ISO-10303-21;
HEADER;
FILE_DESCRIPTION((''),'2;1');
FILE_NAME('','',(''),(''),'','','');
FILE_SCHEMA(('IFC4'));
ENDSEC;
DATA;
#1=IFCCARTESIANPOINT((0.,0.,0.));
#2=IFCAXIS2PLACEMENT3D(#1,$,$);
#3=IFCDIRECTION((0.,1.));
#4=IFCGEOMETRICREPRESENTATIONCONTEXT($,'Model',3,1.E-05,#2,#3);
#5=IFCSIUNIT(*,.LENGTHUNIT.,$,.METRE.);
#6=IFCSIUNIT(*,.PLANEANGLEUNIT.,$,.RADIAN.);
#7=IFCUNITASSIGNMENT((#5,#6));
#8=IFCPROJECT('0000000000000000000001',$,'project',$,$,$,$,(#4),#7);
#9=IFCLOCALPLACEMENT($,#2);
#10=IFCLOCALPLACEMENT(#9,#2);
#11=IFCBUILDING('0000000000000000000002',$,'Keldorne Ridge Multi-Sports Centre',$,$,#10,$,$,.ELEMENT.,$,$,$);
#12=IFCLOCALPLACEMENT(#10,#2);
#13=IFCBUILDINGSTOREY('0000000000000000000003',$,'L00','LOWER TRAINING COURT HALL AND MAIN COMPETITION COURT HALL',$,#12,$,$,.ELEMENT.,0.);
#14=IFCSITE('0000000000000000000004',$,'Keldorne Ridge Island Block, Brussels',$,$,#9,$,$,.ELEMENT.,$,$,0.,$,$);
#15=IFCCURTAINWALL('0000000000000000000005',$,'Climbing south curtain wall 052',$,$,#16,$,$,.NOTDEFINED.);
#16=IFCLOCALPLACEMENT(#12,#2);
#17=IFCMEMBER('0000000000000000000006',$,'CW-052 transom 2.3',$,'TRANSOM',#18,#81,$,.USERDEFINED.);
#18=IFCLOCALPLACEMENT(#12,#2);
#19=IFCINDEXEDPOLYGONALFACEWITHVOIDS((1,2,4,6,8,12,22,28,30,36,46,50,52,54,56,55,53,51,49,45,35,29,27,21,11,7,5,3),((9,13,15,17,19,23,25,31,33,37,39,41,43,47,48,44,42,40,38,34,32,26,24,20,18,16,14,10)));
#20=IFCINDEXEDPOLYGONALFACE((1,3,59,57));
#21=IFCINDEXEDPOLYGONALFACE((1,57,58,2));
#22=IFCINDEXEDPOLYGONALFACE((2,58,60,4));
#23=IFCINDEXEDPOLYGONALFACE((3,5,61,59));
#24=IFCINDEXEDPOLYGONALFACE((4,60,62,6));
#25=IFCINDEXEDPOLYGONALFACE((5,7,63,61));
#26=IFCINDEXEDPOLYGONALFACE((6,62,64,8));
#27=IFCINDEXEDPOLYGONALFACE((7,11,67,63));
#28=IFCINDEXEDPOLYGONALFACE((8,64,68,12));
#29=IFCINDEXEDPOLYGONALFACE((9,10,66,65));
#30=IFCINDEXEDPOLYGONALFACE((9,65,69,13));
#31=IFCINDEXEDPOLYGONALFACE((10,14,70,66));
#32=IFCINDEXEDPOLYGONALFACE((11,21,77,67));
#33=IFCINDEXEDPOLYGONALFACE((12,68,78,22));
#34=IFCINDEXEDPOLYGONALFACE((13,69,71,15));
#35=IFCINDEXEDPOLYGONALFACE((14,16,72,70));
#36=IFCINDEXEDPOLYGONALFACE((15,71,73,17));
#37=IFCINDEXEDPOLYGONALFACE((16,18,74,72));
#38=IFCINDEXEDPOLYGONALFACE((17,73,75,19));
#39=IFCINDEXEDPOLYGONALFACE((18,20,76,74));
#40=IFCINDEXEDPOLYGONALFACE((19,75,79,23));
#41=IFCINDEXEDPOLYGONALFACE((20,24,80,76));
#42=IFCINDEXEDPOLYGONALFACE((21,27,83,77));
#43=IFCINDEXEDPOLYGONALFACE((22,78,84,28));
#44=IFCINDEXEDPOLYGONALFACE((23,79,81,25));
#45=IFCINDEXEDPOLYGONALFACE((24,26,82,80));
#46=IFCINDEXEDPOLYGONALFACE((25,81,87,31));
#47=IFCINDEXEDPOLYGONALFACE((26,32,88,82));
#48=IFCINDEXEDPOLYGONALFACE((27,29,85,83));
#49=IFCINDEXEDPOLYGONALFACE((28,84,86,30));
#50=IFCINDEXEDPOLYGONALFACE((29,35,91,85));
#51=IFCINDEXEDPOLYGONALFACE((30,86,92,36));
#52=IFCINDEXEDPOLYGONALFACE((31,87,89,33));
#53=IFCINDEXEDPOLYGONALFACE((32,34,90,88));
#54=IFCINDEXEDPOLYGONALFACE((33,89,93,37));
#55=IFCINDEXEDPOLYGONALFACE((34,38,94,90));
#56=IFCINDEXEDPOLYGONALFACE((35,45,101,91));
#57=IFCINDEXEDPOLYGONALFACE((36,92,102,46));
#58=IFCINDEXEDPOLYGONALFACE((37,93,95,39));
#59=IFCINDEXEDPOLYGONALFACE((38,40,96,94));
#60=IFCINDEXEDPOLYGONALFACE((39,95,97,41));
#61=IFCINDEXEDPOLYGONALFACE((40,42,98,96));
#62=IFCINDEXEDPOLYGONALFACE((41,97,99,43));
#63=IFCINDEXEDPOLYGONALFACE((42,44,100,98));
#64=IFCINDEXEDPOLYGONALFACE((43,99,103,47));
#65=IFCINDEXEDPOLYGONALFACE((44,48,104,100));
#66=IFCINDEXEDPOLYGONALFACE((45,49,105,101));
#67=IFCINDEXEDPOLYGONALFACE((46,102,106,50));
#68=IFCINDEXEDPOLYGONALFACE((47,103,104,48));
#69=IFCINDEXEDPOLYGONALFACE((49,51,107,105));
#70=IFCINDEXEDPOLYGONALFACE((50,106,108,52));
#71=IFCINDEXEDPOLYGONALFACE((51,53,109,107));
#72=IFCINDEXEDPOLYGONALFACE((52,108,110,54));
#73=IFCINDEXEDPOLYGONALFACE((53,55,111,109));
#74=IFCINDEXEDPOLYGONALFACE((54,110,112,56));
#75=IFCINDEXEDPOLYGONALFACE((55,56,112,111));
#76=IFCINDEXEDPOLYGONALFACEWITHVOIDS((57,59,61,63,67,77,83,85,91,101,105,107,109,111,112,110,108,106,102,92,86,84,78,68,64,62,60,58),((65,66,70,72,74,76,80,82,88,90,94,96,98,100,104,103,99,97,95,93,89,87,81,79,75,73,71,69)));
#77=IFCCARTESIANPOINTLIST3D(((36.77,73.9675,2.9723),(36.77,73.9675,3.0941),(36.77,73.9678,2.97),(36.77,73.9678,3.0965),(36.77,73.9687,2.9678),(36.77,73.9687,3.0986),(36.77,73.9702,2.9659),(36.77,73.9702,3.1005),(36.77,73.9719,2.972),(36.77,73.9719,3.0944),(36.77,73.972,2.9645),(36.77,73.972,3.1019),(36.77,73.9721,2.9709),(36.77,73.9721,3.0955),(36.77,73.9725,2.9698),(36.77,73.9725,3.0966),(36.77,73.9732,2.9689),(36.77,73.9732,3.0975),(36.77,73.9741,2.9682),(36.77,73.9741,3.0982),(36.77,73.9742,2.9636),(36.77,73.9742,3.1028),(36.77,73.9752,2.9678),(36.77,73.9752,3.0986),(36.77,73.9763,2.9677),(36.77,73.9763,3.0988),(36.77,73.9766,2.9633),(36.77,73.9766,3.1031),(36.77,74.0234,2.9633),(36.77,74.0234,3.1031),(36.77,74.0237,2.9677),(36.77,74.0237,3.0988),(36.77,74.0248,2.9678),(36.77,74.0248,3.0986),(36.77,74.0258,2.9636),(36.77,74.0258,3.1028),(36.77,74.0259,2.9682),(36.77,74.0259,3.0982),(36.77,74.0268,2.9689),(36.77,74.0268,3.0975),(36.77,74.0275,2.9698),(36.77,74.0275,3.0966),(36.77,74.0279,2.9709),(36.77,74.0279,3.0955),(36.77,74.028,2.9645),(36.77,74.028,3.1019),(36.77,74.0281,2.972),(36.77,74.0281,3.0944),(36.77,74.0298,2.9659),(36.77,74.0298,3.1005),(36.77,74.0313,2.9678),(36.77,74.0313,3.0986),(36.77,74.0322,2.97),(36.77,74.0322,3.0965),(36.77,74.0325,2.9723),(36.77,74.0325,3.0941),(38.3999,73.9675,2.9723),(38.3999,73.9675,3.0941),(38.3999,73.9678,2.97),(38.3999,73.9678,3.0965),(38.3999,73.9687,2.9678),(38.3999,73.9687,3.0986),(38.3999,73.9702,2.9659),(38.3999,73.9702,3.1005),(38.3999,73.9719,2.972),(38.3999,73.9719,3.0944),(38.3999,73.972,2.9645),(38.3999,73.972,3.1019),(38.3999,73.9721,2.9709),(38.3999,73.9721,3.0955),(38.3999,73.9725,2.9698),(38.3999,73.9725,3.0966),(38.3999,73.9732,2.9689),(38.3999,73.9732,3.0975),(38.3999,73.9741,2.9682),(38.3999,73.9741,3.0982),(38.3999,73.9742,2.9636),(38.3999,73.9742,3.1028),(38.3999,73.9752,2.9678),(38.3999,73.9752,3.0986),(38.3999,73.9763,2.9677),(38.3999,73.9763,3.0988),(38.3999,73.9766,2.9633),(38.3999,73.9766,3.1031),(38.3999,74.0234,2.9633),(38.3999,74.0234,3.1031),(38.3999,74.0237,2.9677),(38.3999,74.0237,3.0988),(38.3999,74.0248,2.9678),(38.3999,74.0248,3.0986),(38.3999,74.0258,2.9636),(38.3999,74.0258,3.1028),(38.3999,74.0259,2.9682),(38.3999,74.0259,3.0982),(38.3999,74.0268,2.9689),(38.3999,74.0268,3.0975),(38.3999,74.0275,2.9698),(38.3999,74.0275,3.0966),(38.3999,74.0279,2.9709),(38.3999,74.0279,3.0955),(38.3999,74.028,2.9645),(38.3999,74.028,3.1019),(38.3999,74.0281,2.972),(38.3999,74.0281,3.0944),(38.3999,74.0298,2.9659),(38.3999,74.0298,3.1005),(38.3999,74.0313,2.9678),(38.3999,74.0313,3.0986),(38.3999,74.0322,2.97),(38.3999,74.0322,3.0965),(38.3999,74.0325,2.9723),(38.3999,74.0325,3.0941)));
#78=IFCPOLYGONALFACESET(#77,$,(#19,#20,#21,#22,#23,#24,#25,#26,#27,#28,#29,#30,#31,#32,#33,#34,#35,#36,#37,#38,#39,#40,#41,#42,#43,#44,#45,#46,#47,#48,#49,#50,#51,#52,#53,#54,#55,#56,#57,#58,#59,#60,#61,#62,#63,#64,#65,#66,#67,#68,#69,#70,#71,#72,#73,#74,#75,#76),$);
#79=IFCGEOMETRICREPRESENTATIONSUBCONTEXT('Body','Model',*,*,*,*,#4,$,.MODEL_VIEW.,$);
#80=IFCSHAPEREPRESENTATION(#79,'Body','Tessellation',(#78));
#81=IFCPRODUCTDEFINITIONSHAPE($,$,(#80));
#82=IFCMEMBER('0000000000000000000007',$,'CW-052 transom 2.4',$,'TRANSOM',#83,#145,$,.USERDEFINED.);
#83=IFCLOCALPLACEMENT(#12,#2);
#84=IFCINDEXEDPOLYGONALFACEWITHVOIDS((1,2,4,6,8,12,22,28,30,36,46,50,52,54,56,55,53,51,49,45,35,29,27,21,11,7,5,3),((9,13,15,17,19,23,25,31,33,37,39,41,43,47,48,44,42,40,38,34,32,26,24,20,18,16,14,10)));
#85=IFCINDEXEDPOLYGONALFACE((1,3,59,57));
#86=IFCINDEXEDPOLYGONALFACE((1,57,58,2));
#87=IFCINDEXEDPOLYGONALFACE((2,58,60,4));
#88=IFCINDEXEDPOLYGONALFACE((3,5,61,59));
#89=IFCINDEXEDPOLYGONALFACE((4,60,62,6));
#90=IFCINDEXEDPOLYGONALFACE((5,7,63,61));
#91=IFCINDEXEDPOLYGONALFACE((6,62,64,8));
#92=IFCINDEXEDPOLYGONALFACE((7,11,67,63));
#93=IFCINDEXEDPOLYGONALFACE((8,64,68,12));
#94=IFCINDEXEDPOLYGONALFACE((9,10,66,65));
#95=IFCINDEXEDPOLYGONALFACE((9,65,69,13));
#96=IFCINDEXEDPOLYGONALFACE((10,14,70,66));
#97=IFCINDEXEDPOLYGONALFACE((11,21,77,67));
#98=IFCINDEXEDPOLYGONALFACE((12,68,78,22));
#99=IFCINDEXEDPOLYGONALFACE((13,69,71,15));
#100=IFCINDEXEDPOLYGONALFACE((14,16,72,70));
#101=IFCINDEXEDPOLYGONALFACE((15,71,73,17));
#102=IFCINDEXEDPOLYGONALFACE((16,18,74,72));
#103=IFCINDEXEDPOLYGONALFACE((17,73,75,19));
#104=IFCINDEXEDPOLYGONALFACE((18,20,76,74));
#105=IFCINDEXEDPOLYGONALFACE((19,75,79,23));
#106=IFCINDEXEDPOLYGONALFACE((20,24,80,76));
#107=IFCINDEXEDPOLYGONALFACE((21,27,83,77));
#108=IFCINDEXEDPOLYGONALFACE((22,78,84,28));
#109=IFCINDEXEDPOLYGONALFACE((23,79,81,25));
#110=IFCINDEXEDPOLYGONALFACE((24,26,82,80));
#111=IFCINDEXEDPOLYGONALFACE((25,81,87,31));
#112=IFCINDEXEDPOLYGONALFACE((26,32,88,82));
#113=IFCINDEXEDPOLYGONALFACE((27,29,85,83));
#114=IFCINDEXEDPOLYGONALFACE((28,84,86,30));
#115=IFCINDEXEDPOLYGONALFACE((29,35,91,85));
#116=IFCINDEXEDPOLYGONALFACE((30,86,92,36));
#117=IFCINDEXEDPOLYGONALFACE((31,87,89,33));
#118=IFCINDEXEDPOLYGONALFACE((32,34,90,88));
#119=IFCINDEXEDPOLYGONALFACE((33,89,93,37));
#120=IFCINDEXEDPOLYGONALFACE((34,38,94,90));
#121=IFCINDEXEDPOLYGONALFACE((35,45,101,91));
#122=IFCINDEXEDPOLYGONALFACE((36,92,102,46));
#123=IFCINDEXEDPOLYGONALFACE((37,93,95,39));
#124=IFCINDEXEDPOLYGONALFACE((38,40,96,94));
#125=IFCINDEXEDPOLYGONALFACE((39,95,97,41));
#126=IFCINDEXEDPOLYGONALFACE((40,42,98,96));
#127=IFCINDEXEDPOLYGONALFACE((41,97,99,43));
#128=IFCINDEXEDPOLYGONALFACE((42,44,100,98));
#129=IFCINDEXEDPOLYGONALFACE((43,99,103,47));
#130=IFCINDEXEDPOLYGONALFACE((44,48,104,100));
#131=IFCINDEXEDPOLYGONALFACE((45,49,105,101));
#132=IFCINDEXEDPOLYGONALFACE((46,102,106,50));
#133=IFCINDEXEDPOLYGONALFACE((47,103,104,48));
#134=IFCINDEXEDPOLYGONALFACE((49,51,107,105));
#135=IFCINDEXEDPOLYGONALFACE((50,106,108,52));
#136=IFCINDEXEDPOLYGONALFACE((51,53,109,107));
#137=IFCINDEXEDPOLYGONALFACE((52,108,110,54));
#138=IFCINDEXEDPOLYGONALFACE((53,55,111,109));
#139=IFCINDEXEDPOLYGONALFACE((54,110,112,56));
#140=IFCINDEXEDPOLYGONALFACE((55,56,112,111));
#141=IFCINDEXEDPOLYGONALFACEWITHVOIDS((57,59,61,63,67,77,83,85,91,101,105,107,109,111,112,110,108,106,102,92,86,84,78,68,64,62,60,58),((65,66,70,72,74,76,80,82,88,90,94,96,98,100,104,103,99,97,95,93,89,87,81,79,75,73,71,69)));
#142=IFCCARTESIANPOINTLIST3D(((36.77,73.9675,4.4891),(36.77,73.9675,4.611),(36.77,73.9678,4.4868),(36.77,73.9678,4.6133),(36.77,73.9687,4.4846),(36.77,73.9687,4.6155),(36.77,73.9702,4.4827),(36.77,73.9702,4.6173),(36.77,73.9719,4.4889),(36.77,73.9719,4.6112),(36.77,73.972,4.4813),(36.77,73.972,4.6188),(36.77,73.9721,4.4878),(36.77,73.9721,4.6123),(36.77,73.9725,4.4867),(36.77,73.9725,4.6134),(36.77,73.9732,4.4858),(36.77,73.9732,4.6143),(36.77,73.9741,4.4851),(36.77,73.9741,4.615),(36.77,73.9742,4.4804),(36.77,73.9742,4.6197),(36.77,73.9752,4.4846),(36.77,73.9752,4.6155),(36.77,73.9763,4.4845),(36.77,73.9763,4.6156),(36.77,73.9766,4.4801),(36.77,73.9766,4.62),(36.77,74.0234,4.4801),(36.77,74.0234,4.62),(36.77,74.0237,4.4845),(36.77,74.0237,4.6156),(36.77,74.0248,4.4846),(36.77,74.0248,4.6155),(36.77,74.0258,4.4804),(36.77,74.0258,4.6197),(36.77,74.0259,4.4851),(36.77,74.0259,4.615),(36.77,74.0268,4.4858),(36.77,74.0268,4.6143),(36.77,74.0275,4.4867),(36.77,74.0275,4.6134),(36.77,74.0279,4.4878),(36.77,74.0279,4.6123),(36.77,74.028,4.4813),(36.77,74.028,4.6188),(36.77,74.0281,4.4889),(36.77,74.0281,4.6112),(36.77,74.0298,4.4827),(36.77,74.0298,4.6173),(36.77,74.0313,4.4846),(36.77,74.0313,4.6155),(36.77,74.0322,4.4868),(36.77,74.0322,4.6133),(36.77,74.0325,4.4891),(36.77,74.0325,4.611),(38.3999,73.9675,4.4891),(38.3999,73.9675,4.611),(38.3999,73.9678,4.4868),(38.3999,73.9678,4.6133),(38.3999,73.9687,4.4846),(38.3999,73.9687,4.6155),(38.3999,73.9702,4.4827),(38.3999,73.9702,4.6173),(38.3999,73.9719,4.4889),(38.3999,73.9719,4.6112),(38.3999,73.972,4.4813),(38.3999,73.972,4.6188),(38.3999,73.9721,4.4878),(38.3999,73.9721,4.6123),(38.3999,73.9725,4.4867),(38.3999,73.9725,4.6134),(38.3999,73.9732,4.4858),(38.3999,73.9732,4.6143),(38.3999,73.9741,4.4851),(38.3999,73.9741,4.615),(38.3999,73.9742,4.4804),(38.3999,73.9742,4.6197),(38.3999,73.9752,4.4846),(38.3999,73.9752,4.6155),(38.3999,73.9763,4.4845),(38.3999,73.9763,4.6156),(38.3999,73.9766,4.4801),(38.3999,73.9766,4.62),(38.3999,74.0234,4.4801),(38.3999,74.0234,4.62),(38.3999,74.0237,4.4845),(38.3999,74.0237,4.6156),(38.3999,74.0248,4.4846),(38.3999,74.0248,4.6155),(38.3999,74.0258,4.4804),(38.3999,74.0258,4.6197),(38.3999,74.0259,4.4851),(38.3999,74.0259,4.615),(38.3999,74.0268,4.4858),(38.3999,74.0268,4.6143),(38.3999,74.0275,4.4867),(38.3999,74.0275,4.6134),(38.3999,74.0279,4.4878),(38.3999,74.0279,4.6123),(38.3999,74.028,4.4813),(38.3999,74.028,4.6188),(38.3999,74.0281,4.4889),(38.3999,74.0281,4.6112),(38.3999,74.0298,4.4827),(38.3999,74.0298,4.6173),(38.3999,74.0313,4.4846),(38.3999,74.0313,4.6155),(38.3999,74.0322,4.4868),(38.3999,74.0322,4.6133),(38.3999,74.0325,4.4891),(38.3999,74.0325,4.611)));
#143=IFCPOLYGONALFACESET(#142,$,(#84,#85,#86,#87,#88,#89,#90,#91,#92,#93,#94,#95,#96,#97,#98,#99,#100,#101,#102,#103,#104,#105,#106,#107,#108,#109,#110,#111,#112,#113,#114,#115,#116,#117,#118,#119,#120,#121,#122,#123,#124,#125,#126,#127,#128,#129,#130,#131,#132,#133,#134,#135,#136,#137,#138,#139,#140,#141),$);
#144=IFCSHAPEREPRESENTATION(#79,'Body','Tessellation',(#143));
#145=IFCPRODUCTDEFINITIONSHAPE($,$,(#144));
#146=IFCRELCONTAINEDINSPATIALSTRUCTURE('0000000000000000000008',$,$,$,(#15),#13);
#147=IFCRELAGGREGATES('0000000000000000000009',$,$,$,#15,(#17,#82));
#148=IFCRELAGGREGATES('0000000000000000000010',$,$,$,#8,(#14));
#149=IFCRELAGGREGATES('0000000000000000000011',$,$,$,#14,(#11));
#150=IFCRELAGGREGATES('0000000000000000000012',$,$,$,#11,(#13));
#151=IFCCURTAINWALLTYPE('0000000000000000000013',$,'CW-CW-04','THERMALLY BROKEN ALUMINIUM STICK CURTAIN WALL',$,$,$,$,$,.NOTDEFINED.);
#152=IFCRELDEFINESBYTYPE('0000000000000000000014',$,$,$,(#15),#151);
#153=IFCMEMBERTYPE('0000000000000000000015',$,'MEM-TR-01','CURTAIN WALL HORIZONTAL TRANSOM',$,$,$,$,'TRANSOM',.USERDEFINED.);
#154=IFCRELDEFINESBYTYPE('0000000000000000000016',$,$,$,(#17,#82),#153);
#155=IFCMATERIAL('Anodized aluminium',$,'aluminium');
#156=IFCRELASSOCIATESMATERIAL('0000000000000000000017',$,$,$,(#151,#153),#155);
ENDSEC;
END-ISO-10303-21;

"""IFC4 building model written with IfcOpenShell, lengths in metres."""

from ifc_helpers import new_model, si_unit, direction, frame, origin, origin_2d, place, context, subcontext, project, spatial, hollow_rectangle, extrude, material, material_profile, profile_set, type_object, element, aggregate, save


model = new_model("IFC4")

# Units and contexts
model_context = context("Model", 3, precision=1e-05, world=origin(), true_north=direction((0.0, 1.0)))
body_context = subcontext(model_context, "Body", "Model", "MODEL_VIEW")
ifc_project = project(units=[si_unit("LENGTHUNIT", "METRE"), si_unit("PLANEANGLEUNIT", "RADIAN")], contexts=[model_context])

# Site, building, storey
site_placement = place(None, origin())
site = spatial("IfcSite", under=ifc_project, at=site_placement, Name="Keldorne Ridge Island Block, Brussels", CompositionType="ELEMENT", RefElevation=0.0)
building_placement = place(site_placement, origin())
building = spatial("IfcBuilding", under=site, at=building_placement, Name="Keldorne Ridge Multi-Sports Centre", CompositionType="ELEMENT")
storey_placement = place(building_placement, origin())
storey = spatial("IfcBuildingStorey", under=building, at=storey_placement, Name="L00", Description="LOWER TRAINING COURT HALL AND MAIN COMPETITION COURT HALL", CompositionType="ELEMENT", Elevation=0.0)

# Curtain wall, members
ifc_material_1 = material(Name="Anodized aluminium", Category="aluminium")
curtain_wall_type_1 = type_object("IfcCurtainWallType", Name="CW-CW-04", Description="THERMALLY BROKEN ALUMINIUM STICK CURTAIN WALL", PredefinedType="NOTDEFINED", material=ifc_material_1)
curtain_wall_1_placement = place(storey_placement, origin())
curtain_wall_1 = element("IfcCurtainWall", 1, at=curtain_wall_1_placement, inside=storey, type_object=curtain_wall_type_1, Name="Climbing south curtain wall 052", PredefinedType="NOTDEFINED")
ifc_material_profile = material_profile(ifc_material_1, hollow_rectangle(XDim=0.0649, YDim=0.1399, WallThickness=0.0044, InnerFilletRadius=0.0044, OuterFilletRadius=0.009, at=origin_2d()), Name="ALU TRANSOM 140x65x4.5")
ifc_profile_set = profile_set([ifc_material_profile], Name="Anodized aluminium")
member_type = type_object("IfcMemberType", Name="MEM-TR-01", Description="CURTAIN WALL HORIZONTAL TRANSOM", ElementType="TRANSOM", PredefinedType="USERDEFINED", material=ifc_profile_set)
member_1_placement = place(storey_placement, frame((36.77, 74.0, 3.0332), z_axis=(1.0, 0.0, 0.0), x_axis=(0.0, 1.0, 0.0)))
member_1 = element("IfcMember", 2, at=member_1_placement, type_object=member_type, Name="CW-052 transom 2.3", ObjectType="TRANSOM", PredefinedType="USERDEFINED", context=body_context, shape_type="SweptSolid", body=[
    extrude(hollow_rectangle(XDim=0.0649, YDim=0.1399, WallThickness=0.0044, InnerFilletRadius=0.0044, OuterFilletRadius=0.009, at=origin_2d()), origin(), (0.0, 0.0, 1.0), 1.6299),
])
member_2_placement = place(storey_placement, frame((36.77, 74.0, 4.55), z_axis=(1.0, 0.0, 0.0), x_axis=(0.0, 1.0, 0.0)))
member_2 = element("IfcMember", 3, at=member_2_placement, type_object=member_type, Name="CW-052 transom 2.4", ObjectType="TRANSOM", PredefinedType="USERDEFINED", context=body_context, shape_type="SweptSolid", body=[
    extrude(hollow_rectangle(XDim=0.0649, YDim=0.1399, WallThickness=0.0044, InnerFilletRadius=0.0044, OuterFilletRadius=0.009, at=origin_2d()), origin(), (0.0, 0.0, 1.0), 1.6299),
])

aggregate(curtain_wall_1, [member_1, member_2])

save(model, "model.ifc")
